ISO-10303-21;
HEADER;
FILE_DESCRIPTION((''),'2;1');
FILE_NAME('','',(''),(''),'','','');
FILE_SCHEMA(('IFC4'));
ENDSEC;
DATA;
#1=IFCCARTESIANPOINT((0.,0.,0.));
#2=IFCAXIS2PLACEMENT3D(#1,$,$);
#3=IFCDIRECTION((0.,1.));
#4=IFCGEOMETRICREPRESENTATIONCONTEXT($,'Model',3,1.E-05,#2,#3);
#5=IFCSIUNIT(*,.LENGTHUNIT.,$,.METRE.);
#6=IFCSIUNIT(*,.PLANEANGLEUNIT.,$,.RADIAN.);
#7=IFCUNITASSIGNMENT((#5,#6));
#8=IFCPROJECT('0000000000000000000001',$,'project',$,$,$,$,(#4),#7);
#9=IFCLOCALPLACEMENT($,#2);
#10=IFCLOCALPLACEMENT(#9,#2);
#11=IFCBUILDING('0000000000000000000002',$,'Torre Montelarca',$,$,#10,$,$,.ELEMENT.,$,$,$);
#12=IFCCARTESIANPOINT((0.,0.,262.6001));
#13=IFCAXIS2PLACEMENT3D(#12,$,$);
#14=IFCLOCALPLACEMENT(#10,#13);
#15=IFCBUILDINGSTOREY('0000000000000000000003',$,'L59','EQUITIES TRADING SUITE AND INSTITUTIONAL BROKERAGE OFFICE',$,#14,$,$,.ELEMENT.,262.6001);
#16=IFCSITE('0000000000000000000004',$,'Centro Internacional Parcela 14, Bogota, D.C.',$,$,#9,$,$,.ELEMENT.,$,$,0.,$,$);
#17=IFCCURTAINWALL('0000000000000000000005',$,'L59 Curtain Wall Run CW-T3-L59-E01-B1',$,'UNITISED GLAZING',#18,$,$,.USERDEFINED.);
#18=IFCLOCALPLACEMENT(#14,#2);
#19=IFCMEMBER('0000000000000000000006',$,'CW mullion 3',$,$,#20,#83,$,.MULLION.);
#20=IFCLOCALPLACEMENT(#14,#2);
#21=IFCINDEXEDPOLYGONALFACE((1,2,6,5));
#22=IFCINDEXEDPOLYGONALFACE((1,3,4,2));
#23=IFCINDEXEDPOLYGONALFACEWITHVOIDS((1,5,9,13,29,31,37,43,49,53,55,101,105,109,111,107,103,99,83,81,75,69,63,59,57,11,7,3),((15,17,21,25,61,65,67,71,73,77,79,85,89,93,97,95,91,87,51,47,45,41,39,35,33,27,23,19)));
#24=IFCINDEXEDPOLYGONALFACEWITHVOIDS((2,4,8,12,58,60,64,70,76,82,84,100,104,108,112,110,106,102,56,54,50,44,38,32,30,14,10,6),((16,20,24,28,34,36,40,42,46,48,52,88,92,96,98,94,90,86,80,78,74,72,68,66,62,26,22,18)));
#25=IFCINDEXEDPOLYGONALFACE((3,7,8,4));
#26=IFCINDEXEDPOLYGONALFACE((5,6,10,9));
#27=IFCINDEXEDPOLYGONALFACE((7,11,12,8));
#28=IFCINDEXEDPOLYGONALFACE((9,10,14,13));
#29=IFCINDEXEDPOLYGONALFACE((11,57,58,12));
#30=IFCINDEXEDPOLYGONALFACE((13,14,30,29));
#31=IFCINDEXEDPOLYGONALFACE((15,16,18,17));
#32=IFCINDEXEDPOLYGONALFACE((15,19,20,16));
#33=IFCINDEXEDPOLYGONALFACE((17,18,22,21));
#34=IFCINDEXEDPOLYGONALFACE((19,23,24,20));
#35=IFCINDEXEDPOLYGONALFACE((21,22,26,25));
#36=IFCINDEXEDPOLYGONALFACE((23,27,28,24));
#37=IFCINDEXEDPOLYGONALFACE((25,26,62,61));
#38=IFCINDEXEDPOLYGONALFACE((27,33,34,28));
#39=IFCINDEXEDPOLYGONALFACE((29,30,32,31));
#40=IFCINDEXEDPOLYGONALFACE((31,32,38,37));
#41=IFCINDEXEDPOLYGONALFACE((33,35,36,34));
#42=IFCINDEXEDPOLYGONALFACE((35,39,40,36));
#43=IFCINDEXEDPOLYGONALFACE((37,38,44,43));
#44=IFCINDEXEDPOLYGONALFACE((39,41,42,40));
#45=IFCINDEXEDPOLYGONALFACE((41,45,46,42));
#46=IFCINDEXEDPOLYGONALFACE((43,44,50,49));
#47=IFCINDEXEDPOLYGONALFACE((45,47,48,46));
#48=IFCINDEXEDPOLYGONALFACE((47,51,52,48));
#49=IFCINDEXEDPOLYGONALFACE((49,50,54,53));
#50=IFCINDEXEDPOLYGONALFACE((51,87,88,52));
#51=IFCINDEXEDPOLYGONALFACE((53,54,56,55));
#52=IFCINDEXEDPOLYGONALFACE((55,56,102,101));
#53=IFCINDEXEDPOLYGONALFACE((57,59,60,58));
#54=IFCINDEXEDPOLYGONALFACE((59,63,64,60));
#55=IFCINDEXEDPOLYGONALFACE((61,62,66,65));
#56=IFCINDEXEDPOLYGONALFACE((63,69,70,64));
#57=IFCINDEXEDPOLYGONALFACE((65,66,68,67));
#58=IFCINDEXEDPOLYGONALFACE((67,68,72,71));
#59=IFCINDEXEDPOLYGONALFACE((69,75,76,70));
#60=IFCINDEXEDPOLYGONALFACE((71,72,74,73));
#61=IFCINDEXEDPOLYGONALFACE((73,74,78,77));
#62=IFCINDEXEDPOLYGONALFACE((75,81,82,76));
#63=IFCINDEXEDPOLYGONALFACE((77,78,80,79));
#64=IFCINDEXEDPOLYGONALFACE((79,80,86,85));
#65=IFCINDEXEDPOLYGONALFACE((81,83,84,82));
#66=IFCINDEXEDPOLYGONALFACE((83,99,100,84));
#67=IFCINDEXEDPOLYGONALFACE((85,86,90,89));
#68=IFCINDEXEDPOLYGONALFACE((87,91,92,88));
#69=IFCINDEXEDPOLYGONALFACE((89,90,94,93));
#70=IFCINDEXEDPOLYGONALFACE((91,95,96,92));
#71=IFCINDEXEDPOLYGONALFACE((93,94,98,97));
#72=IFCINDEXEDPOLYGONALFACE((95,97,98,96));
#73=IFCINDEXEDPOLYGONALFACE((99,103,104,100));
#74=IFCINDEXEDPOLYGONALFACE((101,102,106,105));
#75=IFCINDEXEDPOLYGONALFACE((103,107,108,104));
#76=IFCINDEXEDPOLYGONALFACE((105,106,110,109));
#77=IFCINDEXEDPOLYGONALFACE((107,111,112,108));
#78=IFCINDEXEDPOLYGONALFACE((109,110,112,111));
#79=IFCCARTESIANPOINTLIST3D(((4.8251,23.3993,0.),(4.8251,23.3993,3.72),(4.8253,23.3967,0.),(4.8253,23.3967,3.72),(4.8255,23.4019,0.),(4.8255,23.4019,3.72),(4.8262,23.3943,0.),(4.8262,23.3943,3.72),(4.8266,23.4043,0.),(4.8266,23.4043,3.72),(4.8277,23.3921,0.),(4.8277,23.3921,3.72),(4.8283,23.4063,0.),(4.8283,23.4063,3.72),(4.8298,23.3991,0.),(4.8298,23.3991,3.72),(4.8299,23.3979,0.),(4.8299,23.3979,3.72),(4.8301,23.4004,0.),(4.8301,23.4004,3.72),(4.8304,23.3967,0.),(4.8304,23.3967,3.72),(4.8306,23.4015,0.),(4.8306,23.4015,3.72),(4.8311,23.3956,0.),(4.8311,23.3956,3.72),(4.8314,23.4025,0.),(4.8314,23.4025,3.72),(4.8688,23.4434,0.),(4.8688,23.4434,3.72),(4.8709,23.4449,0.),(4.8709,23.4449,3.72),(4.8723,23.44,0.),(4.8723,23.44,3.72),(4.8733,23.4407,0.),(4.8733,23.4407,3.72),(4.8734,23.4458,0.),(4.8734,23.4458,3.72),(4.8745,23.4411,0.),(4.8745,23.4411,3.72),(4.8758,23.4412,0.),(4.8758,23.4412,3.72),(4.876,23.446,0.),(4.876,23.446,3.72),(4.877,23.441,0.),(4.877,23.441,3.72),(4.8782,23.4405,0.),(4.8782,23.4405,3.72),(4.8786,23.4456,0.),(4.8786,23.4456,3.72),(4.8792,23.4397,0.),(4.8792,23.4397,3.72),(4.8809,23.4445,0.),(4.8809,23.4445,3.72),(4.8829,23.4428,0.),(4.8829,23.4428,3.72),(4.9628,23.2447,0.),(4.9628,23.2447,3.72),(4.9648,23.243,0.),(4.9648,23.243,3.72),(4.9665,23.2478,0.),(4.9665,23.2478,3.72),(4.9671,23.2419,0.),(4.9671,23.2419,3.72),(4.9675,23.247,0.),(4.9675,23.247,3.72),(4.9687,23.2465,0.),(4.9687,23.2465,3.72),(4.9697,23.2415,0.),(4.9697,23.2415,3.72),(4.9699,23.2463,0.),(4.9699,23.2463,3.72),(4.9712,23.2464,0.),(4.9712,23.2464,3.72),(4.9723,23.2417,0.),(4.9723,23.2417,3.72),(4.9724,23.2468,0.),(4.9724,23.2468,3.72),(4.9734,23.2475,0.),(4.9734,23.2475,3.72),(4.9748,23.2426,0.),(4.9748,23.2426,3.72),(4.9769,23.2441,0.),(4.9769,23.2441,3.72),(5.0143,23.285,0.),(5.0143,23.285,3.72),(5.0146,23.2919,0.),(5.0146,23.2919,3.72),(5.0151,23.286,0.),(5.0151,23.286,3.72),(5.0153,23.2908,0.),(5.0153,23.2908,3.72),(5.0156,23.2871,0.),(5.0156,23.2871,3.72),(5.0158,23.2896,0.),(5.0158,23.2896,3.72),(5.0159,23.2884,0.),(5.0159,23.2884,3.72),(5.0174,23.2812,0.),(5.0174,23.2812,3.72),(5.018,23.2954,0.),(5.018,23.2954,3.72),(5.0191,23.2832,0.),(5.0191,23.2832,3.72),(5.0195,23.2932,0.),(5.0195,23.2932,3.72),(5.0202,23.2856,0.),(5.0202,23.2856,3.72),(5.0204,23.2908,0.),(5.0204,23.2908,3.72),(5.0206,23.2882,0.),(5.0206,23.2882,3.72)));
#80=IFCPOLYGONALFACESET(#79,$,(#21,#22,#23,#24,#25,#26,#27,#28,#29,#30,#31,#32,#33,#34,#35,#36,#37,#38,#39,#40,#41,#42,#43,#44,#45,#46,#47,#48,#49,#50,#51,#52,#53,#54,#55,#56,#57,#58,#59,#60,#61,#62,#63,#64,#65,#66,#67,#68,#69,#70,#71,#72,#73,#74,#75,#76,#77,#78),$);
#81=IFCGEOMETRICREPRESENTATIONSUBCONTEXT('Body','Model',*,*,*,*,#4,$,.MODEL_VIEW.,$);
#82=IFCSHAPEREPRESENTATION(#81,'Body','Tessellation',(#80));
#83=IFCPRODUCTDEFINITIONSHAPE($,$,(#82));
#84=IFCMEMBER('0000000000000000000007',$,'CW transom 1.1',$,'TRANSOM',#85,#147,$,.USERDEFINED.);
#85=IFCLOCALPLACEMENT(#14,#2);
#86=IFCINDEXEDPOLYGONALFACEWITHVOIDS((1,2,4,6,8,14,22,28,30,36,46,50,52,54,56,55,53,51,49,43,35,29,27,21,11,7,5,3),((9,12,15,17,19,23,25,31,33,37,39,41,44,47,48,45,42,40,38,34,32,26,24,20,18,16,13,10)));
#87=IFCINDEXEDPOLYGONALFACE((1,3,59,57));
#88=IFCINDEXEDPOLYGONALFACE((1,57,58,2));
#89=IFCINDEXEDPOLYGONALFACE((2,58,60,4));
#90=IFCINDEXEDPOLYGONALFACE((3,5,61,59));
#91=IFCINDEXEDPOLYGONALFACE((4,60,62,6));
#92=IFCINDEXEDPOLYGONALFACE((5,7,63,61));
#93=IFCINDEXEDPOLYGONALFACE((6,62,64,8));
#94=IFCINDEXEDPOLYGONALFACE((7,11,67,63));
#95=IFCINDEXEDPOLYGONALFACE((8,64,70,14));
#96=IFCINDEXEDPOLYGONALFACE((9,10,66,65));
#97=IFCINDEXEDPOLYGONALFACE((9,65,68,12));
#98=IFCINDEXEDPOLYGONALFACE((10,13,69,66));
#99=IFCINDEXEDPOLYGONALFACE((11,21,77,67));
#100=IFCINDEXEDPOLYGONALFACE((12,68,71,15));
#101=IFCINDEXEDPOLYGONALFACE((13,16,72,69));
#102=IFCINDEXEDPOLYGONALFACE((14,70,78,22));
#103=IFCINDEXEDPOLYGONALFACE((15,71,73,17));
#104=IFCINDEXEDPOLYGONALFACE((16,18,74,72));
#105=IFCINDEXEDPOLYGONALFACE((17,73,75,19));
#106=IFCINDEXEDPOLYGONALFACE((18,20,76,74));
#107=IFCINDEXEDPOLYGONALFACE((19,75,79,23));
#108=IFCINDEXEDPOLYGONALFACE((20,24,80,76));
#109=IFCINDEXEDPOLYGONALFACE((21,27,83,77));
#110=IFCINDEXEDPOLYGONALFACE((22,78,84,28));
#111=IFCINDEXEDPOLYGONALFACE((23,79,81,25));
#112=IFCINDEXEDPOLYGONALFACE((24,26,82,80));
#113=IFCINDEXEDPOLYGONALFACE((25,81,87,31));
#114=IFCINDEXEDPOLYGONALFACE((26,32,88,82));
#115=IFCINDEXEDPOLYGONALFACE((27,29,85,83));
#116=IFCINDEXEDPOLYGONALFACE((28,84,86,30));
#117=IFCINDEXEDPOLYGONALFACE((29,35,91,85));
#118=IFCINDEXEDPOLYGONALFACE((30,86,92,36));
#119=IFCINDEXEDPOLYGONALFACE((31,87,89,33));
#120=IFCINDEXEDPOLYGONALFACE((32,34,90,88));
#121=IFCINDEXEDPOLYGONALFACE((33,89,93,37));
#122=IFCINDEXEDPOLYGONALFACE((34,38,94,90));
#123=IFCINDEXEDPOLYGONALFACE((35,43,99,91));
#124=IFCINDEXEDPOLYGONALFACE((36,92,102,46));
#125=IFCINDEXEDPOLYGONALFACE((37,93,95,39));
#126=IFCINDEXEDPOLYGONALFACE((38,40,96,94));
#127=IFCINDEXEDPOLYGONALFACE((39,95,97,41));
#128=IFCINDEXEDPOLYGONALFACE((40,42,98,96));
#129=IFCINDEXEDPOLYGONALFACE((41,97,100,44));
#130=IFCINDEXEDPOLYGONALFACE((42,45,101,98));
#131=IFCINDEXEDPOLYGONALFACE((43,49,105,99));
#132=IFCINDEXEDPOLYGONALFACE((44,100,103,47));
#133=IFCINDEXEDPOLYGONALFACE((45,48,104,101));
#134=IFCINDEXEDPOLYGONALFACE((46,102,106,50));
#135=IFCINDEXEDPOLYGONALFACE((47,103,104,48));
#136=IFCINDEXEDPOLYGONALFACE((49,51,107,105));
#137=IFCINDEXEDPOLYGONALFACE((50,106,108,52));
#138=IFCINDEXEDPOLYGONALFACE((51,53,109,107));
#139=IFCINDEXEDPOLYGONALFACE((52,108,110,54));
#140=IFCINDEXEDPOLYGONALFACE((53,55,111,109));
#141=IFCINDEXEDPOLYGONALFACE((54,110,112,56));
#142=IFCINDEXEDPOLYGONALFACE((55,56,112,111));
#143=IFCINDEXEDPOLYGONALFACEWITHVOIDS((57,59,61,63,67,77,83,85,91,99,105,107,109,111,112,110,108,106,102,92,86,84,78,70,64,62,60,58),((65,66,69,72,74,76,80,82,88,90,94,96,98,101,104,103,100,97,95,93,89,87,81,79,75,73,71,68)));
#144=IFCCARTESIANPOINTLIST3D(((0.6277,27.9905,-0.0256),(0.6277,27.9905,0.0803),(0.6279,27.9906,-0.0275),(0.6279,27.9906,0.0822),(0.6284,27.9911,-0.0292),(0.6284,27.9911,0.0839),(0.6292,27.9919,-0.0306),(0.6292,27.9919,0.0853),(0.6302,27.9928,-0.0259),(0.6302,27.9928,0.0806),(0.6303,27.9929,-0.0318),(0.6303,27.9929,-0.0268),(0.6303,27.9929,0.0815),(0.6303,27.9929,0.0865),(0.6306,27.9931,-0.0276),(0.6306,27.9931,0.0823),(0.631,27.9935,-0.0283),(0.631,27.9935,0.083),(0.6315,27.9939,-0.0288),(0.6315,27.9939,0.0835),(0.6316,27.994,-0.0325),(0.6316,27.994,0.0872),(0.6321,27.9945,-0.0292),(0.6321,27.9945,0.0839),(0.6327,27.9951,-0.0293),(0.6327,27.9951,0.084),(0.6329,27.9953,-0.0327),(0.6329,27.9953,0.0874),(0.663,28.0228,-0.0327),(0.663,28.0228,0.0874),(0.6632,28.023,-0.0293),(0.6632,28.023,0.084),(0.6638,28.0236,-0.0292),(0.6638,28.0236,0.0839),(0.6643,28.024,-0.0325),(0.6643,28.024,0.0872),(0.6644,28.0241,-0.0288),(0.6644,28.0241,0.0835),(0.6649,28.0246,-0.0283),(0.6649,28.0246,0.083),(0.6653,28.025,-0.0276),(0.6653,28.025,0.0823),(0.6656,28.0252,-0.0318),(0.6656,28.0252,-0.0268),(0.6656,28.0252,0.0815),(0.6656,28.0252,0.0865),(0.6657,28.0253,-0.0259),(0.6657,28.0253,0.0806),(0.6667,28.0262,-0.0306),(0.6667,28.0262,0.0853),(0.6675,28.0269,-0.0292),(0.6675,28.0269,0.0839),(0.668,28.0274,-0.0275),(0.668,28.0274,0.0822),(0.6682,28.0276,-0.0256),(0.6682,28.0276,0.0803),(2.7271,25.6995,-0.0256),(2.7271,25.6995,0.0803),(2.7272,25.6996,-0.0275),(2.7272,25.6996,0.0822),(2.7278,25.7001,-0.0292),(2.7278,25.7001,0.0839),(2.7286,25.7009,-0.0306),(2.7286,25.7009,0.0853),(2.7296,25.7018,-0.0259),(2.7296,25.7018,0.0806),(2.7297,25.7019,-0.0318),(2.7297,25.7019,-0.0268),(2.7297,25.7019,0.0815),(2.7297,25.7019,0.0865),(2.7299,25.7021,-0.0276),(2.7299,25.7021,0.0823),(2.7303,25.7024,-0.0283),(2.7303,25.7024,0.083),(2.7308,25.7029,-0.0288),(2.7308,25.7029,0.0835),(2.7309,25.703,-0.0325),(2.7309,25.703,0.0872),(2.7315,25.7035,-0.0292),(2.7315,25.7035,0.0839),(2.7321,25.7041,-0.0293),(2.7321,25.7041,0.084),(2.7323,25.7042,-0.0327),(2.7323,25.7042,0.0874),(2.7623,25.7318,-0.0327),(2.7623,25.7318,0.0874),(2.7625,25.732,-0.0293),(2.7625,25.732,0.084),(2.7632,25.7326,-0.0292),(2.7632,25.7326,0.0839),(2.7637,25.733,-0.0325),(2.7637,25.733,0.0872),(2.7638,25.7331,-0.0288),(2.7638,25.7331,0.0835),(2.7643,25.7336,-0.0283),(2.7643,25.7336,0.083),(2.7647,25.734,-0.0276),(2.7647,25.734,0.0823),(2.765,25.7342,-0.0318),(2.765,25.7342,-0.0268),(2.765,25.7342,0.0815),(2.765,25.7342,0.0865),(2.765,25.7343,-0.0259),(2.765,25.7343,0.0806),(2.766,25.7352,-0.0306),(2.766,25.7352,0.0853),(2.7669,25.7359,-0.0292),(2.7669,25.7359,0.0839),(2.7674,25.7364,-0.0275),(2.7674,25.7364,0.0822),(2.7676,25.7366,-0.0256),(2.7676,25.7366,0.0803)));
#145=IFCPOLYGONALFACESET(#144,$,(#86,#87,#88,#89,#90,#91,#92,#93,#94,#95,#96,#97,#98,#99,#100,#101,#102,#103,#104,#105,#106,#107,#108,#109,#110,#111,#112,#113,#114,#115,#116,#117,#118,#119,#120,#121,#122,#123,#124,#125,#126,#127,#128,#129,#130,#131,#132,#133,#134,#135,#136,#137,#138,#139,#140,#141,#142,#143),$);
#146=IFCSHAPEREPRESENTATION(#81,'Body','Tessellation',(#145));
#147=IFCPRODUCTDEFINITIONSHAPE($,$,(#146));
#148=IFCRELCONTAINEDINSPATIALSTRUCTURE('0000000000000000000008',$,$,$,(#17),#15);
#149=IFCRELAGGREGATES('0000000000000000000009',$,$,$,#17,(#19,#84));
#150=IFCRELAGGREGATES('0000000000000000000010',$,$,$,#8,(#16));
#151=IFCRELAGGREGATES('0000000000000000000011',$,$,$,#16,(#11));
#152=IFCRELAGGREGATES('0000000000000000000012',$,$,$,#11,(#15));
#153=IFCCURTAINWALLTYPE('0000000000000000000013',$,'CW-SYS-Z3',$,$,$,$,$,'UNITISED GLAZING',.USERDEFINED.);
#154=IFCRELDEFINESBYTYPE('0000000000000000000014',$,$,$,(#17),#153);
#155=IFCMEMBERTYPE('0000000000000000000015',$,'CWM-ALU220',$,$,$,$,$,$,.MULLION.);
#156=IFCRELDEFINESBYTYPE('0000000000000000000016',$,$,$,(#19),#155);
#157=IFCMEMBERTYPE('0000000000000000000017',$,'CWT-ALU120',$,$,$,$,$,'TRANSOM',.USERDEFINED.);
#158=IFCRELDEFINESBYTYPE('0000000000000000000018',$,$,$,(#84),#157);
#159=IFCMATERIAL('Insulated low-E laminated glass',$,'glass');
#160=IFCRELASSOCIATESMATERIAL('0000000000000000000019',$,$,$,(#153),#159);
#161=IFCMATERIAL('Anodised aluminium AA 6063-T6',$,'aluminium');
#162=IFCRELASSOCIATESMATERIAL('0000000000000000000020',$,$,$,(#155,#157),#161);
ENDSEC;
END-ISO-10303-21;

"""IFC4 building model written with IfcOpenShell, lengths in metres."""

from ifc_helpers import new_model, si_unit, direction, frame, origin, origin_2d, place, context, subcontext, project, spatial, hollow_rectangle, extrude, source, transform, mapped, material, material_profile, profile_set, type_object, element, aggregate, save


model = new_model("IFC4")

# Units and contexts
model_context = context("Model", 3, precision=1e-05, world=origin(), true_north=direction((0.0, 1.0)))
body_context = subcontext(model_context, "Body", "Model", "MODEL_VIEW")
ifc_project = project(units=[si_unit("LENGTHUNIT", "METRE"), si_unit("PLANEANGLEUNIT", "RADIAN")], contexts=[model_context])

# Site, building, storey
site_placement = place(None, origin())
site = spatial("IfcSite", under=ifc_project, at=site_placement, Name="Centro Internacional Parcela 14, Bogota, D.C.", CompositionType="ELEMENT", RefElevation=0.0)
building_placement = place(site_placement, origin())
building = spatial("IfcBuilding", under=site, at=building_placement, Name="Torre Montelarca", CompositionType="ELEMENT")
storey_placement = place(building_placement, frame((0.0, 0.0, 262.6001)))
storey = spatial("IfcBuildingStorey", under=building, at=storey_placement, Name="L59", Description="EQUITIES TRADING SUITE AND INSTITUTIONAL BROKERAGE OFFICE", CompositionType="ELEMENT", Elevation=262.6001)

# Curtain wall, members
ifc_material_1 = material(Name="Insulated low-E laminated glass", Category="glass")
curtain_wall_type = type_object("IfcCurtainWallType", Name="CW-SYS-Z3", ElementType="UNITISED GLAZING", PredefinedType="USERDEFINED", material=ifc_material_1)
curtain_wall_placement = place(storey_placement, origin())
curtain_wall = element("IfcCurtainWall", 1, at=curtain_wall_placement, inside=storey, type_object=curtain_wall_type, Name="L59 Curtain Wall Run CW-T3-L59-E01-B1", ObjectType="UNITISED GLAZING", PredefinedType="USERDEFINED")
ifc_material_2 = material(Name="Anodised aluminium AA 6063-T6", Category="aluminium")
ifc_material_profile_1 = material_profile(ifc_material_2, hollow_rectangle(XDim=0.075, YDim=0.22, WallThickness=0.0049, InnerFilletRadius=0.0049, OuterFilletRadius=0.01, at=origin_2d()), Name="ALU75X220X5", Category="aluminium")
ifc_profile_set_1 = profile_set([ifc_material_profile_1], Name="Anodised aluminium AA 6063-T6")
member_type_1 = type_object("IfcMemberType", Name="CWM-ALU220", PredefinedType="MULLION", material=ifc_profile_set_1)
shared_shape_1 = source(origin(), body_context, "Body", "SweptSolid", [
    extrude(hollow_rectangle(XDim=0.075, YDim=0.22, WallThickness=0.0049, InnerFilletRadius=0.0049, OuterFilletRadius=0.01, at=origin_2d()), origin(), (0.0, 0.0, 1.0), 3.72),
])
member_1_placement = place(storey_placement, frame((4.9229, 23.3438, 0.0), z_axis=(0.0, 0.0, 1.0), x_axis=(0.73728, 0.675588, 0.0)))
member_1 = element("IfcMember", 2, at=member_1_placement, type_object=member_type_1, Name="CW mullion 3", PredefinedType="MULLION", context=body_context, shape_type="MappedRepresentation", body=[
    mapped(shared_shape_1, transform((0.0, 0.0, 0.0), scale=1.0)),
])
ifc_material_profile_2 = material_profile(ifc_material_2, hollow_rectangle(XDim=0.0549, YDim=0.1201, WallThickness=0.0034, InnerFilletRadius=0.0034, OuterFilletRadius=0.0071, at=origin_2d()), Name="ALU55X120X3.5", Category="aluminium")
ifc_profile_set_2 = profile_set([ifc_material_profile_2], Name="Anodised aluminium AA 6063-T6")
member_type_2 = type_object("IfcMemberType", Name="CWT-ALU120", ElementType="TRANSOM", PredefinedType="USERDEFINED", material=ifc_profile_set_2)
shared_shape_2 = source(origin(), body_context, "Body", "SweptSolid", [
    extrude(hollow_rectangle(XDim=0.0549, YDim=0.1201, WallThickness=0.0034, InnerFilletRadius=0.0034, OuterFilletRadius=0.0071, at=origin_2d()), origin(), (0.0, 0.0, 1.0), 3.1074),
])
member_2_placement = place(storey_placement, frame((0.6479, 28.009, 0.0273), z_axis=(0.675597, -0.737272, 0.0), x_axis=(0.737272, 0.675597, 0.0)))
member_2 = element("IfcMember", 3, at=member_2_placement, type_object=member_type_2, Name="CW transom 1.1", ObjectType="TRANSOM", PredefinedType="USERDEFINED", context=body_context, shape_type="MappedRepresentation", body=[
    mapped(shared_shape_2, transform((0.0, 0.0, 0.0), scale=1.0)),
])
aggregate(curtain_wall, [member_1, member_2])

save(model, "model.ifc")
